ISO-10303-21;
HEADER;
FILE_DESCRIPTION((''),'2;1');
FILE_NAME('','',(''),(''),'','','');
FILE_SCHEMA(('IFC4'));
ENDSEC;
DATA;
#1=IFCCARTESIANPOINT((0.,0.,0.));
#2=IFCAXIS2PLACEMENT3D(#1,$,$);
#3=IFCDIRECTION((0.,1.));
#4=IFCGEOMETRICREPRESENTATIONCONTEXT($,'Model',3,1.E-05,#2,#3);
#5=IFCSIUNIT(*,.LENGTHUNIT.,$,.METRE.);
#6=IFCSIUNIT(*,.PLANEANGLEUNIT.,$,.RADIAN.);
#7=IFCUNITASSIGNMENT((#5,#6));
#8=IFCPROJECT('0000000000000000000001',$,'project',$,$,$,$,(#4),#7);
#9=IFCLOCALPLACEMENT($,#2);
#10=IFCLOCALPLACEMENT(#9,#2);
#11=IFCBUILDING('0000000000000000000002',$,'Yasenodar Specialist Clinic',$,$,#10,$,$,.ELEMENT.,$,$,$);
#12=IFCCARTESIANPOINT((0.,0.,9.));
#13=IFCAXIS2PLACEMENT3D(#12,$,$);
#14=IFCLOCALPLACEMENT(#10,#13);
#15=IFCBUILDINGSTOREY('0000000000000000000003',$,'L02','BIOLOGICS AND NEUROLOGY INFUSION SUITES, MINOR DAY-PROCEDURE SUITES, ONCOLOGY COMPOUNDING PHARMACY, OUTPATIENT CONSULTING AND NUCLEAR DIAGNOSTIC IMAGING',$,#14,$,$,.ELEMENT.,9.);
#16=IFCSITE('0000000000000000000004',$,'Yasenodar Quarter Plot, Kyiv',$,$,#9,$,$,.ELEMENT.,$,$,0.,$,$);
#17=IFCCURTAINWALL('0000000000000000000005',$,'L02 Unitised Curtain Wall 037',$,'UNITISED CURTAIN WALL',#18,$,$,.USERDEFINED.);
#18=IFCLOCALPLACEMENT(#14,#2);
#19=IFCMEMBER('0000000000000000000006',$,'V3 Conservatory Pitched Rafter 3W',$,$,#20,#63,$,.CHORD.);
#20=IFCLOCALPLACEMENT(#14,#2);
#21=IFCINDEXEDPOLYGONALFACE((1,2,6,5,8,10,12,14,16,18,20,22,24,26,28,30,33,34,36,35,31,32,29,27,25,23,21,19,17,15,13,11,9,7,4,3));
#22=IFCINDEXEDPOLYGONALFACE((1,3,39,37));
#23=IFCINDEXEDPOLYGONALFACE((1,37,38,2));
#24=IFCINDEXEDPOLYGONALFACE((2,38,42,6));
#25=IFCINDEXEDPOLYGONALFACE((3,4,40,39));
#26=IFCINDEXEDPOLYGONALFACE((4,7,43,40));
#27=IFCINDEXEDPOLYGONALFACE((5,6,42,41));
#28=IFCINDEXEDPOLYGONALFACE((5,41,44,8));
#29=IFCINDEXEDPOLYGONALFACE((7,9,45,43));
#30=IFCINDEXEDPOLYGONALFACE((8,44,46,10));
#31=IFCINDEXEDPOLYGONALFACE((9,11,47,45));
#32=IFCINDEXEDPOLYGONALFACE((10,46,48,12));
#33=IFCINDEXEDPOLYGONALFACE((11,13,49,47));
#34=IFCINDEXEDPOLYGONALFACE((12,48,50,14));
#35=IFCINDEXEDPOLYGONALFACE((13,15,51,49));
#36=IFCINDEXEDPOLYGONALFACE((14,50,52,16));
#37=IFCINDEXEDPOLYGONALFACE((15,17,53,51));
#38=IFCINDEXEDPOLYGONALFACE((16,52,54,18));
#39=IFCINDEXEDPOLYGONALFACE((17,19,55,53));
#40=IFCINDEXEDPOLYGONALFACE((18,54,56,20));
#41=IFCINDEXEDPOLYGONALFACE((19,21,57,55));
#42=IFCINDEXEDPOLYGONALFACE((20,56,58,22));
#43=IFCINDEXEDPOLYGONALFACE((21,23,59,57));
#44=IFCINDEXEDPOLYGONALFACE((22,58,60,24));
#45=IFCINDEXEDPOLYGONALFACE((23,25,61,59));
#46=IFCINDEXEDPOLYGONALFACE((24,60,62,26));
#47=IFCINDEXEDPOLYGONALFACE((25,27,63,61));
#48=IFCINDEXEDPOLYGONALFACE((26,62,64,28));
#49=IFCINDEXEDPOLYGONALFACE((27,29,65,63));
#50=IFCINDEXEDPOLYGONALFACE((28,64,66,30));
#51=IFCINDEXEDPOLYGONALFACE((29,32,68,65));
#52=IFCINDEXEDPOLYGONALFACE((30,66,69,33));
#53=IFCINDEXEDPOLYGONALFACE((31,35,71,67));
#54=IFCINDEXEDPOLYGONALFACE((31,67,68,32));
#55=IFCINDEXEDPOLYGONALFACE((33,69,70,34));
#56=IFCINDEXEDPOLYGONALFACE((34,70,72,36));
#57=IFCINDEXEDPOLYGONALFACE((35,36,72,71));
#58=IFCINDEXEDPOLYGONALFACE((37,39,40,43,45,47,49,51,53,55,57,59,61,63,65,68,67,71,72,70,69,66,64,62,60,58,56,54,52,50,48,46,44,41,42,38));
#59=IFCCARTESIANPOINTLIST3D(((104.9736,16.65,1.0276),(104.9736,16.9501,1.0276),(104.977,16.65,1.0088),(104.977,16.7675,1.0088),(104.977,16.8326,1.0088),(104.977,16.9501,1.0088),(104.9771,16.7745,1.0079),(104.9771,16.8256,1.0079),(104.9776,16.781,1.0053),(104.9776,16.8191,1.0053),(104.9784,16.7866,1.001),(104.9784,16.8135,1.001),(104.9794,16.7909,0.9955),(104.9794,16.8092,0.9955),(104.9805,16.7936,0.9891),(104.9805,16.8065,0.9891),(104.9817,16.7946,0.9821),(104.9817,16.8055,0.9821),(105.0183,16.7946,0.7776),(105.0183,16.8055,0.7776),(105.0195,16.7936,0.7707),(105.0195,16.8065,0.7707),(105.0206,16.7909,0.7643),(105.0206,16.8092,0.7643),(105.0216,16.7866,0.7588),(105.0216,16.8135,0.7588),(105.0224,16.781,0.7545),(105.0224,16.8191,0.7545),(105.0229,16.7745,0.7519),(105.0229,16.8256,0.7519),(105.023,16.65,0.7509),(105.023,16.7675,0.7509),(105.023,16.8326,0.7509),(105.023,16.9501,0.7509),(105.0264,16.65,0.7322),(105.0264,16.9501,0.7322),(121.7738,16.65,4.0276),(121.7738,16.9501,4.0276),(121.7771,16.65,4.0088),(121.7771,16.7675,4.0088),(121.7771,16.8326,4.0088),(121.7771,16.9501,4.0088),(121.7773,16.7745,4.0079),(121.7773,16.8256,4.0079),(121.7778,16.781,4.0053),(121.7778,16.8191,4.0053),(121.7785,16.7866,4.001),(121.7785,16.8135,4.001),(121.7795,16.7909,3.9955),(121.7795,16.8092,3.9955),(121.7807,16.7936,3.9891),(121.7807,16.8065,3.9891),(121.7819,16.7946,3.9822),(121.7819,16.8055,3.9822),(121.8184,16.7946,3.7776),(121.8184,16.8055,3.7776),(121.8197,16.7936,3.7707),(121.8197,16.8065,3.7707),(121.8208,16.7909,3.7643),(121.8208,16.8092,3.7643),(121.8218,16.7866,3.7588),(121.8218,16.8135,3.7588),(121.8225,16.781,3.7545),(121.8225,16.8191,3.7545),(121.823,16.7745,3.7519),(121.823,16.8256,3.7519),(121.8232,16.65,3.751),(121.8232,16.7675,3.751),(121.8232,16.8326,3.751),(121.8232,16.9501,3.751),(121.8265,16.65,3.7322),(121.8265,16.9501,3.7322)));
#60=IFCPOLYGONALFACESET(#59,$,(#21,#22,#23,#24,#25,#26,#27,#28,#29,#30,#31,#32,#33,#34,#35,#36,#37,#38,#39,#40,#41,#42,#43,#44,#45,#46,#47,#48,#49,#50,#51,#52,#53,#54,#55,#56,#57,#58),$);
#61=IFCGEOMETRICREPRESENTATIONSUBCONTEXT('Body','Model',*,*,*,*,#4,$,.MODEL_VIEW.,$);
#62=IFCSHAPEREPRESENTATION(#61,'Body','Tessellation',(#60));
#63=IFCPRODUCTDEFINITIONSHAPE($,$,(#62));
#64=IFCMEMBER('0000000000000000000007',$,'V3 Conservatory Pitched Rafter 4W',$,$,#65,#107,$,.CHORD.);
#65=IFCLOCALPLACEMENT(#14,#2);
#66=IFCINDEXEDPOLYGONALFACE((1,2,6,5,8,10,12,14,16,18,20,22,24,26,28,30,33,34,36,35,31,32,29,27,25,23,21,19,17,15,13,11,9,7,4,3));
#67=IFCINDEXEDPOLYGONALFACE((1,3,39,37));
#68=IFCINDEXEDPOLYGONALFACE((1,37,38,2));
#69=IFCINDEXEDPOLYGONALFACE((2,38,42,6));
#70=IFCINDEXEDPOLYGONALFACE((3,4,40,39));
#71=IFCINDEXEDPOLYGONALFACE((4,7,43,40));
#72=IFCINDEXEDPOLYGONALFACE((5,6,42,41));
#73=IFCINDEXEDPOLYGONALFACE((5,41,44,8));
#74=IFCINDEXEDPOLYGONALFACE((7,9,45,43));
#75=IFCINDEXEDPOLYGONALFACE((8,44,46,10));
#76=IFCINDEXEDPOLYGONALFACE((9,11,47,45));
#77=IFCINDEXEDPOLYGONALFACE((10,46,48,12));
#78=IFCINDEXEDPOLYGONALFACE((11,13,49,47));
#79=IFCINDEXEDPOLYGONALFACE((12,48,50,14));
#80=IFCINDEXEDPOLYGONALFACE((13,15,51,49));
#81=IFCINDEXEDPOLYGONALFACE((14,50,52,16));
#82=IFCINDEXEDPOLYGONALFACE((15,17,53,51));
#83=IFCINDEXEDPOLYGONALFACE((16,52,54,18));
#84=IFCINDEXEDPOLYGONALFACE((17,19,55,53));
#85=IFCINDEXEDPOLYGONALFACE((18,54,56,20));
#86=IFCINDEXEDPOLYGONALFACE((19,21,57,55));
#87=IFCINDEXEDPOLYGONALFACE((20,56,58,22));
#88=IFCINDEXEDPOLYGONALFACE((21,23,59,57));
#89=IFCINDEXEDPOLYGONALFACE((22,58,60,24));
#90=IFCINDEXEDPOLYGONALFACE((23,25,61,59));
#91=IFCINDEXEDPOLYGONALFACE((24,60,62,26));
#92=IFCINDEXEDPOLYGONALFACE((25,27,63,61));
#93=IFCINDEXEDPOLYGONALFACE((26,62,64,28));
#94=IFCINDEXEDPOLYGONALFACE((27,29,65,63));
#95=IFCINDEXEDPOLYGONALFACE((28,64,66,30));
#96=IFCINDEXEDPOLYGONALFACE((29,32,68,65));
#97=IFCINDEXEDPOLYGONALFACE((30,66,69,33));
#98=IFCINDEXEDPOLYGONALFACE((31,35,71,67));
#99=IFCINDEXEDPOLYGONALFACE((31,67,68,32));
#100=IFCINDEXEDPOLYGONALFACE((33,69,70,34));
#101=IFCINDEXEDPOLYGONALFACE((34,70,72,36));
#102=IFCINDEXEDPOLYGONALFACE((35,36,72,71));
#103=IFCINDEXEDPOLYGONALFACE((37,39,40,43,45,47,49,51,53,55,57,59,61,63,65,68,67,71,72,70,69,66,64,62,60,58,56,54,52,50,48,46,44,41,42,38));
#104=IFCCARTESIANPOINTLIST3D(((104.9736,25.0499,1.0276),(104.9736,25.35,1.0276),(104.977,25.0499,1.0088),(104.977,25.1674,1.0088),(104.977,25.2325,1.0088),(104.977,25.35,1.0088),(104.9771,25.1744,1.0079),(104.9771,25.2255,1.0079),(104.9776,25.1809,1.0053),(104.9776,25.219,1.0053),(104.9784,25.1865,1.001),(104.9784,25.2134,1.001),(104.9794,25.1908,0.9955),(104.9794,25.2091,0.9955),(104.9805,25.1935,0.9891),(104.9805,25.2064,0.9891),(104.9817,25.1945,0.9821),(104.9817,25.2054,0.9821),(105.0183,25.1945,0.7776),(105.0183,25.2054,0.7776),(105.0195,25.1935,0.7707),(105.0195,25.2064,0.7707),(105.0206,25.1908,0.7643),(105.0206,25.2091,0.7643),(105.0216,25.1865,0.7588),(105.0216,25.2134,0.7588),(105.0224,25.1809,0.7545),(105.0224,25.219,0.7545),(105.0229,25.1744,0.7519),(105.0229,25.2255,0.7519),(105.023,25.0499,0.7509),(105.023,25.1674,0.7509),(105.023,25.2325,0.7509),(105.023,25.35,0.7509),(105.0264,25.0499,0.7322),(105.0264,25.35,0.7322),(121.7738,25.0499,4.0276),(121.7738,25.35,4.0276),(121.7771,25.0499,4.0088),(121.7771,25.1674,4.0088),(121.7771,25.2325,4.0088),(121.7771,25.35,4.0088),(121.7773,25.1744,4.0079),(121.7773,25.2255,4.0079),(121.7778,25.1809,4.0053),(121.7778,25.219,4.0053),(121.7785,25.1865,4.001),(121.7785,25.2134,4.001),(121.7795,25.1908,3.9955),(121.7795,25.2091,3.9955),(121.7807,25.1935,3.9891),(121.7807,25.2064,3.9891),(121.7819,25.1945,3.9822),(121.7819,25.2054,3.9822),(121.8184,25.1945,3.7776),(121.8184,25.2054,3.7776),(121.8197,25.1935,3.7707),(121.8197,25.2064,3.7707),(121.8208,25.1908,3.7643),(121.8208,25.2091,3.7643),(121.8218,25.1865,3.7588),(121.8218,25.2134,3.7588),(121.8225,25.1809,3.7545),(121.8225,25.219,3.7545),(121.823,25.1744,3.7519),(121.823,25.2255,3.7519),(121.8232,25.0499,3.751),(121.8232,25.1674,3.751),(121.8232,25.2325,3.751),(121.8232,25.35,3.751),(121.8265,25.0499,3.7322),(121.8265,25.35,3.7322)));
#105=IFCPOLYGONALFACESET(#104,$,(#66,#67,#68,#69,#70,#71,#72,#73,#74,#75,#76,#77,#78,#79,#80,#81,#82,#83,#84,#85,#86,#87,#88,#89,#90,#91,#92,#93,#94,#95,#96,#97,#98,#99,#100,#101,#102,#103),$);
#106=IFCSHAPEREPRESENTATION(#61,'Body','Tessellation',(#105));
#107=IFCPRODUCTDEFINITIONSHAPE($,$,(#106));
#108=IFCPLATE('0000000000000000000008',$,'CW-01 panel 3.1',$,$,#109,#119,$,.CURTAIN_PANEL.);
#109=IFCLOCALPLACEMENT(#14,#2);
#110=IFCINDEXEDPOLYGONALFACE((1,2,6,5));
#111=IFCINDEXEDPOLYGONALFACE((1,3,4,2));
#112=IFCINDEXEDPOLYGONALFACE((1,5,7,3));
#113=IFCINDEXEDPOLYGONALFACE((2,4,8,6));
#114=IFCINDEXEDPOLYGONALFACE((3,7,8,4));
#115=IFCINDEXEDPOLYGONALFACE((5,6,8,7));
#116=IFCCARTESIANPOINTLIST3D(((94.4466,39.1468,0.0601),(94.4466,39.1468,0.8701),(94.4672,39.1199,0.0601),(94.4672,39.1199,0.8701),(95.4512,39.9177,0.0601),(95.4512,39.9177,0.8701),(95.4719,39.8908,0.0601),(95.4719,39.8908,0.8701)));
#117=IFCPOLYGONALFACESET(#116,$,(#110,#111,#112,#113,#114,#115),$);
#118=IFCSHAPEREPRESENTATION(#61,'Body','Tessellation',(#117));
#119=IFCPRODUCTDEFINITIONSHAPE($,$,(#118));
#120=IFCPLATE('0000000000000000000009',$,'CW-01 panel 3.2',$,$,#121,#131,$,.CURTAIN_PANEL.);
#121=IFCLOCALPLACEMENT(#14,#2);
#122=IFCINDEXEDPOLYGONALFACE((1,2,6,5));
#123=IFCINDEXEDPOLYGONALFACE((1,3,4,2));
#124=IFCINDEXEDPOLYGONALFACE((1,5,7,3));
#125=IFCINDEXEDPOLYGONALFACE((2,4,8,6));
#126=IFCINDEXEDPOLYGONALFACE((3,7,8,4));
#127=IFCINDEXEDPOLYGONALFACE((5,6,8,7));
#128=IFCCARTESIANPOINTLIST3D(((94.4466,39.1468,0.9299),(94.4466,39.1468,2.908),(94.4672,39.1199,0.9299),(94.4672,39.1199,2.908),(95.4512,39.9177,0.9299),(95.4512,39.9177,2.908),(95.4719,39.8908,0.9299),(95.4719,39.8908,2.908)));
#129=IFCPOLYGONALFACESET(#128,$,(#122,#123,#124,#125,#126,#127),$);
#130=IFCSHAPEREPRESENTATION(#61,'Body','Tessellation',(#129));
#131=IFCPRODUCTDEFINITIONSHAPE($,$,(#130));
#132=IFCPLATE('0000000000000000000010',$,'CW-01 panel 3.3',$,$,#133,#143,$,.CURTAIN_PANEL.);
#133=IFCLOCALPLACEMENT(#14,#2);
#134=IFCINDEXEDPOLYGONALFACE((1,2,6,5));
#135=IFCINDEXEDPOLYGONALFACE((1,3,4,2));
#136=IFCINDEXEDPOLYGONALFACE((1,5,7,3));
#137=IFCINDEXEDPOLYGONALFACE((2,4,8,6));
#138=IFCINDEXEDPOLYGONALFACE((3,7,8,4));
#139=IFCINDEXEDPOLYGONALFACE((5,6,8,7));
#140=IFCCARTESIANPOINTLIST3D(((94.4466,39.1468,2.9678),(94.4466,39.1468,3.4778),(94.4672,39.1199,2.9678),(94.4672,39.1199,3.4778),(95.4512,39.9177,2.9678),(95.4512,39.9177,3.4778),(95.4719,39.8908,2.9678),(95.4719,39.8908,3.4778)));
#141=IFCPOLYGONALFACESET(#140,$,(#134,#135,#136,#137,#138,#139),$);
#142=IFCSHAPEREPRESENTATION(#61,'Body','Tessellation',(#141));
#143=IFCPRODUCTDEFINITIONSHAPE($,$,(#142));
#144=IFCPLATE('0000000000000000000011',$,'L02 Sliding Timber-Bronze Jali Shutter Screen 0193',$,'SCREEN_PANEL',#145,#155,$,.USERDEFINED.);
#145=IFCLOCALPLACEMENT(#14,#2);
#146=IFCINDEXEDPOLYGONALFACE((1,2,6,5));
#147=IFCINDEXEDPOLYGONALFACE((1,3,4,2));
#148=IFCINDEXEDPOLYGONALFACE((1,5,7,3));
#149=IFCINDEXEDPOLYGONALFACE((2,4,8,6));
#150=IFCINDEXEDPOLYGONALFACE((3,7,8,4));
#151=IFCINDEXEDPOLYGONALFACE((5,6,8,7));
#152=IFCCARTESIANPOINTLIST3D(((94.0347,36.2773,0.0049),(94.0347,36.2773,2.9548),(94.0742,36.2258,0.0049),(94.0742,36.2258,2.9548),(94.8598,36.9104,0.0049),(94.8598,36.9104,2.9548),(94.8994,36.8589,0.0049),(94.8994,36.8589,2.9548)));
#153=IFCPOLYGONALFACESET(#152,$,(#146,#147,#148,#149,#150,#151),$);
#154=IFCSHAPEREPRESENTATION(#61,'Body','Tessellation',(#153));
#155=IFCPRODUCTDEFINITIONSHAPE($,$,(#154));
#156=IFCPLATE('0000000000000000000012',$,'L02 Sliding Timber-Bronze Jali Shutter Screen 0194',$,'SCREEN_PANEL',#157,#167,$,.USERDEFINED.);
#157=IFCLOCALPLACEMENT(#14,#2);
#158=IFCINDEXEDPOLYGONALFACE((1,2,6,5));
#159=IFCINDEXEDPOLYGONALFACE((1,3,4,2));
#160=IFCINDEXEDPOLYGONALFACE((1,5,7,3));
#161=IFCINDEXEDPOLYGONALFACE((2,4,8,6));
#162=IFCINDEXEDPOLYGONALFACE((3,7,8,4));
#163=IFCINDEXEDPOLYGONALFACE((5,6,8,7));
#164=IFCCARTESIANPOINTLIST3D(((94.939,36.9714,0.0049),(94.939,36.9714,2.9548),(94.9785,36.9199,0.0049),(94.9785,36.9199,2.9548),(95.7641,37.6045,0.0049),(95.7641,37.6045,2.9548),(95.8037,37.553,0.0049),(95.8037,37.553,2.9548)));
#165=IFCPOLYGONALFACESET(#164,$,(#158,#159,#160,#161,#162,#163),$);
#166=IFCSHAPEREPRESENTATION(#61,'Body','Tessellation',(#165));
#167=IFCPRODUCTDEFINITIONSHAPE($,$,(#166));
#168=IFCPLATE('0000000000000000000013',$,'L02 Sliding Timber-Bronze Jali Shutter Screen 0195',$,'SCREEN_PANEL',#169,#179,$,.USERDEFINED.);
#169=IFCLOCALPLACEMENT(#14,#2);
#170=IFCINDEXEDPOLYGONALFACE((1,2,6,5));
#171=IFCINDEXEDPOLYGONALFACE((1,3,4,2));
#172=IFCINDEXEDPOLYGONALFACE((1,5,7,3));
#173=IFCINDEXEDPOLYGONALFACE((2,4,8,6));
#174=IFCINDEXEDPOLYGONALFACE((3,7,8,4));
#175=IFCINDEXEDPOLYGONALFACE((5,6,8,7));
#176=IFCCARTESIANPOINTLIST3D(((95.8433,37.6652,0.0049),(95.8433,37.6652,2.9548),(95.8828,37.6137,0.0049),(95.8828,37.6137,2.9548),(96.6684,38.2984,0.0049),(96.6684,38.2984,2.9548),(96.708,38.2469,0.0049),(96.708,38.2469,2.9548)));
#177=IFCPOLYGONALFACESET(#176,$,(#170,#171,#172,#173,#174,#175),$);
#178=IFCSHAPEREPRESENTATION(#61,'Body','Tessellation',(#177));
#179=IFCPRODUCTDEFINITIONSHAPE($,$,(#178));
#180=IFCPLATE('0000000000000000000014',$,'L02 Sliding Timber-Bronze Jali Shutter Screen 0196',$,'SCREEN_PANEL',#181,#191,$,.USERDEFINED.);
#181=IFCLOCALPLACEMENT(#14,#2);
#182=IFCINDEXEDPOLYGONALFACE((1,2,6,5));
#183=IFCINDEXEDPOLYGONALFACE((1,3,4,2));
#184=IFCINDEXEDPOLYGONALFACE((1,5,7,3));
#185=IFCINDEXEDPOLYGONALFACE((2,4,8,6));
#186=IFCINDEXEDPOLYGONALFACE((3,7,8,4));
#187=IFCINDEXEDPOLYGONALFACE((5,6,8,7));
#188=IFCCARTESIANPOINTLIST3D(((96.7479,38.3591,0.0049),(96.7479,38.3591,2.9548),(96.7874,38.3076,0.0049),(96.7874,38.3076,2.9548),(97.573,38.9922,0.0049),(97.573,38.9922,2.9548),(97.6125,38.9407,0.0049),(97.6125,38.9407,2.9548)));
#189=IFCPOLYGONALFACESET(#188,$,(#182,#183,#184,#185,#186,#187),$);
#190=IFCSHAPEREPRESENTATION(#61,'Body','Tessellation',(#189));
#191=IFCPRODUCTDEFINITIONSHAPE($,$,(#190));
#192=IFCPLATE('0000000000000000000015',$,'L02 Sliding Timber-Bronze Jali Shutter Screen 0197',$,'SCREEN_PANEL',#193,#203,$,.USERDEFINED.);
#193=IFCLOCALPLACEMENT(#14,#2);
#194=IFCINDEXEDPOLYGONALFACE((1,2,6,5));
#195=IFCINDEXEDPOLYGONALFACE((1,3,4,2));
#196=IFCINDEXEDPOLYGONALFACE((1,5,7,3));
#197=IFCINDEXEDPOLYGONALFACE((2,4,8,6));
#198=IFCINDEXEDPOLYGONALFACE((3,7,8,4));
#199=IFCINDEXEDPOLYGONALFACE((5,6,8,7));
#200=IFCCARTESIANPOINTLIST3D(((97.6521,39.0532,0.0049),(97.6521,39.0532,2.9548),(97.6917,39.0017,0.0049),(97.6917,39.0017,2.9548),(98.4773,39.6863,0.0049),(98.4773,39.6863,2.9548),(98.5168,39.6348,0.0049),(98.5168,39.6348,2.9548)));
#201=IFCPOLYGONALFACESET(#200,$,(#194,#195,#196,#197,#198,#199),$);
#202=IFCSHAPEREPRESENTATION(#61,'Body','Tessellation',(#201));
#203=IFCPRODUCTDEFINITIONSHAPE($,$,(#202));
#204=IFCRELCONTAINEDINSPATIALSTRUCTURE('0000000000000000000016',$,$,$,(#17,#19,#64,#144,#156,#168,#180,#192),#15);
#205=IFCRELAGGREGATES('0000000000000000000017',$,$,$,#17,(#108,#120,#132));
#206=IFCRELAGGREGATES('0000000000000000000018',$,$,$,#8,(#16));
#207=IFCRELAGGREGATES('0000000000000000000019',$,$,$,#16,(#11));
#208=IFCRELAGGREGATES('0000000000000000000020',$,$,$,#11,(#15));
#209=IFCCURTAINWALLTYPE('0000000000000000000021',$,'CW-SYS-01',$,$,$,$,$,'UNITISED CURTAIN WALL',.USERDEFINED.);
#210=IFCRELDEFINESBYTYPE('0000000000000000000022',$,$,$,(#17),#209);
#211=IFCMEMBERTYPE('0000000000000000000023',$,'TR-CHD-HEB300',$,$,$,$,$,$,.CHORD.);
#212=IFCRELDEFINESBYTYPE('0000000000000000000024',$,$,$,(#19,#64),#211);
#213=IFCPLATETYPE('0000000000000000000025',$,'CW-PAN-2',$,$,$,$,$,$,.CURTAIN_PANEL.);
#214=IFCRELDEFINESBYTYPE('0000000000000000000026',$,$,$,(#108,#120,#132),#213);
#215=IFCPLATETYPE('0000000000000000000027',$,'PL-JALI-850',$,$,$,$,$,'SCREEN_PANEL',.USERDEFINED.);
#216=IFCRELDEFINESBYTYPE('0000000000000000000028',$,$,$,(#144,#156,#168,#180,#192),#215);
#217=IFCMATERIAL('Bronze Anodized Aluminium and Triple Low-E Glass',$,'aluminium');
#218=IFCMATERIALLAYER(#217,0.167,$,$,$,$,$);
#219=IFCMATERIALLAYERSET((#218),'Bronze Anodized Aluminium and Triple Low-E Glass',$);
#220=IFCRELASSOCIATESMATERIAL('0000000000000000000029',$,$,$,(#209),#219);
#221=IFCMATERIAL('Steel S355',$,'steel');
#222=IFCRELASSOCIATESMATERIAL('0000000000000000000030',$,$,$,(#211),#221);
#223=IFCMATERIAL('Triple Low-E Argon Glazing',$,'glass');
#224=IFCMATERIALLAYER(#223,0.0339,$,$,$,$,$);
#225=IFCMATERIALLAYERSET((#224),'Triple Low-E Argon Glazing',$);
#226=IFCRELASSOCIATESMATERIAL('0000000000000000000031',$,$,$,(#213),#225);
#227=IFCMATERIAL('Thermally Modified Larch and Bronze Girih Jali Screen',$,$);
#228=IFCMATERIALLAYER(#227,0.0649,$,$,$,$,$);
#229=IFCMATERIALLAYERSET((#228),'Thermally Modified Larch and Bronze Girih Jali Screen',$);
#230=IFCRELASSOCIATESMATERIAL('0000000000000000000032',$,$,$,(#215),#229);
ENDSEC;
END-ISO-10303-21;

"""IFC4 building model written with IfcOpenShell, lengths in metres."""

from ifc_helpers import new_model, si_unit, direction, frame, origin, origin_2d, place, context, subcontext, project, spatial, rectangle, i_section, extrude, material, layer, layer_set, material_profile, profile_set, type_object, element, aggregate, save


model = new_model("IFC4")

# Units and contexts
model_context = context("Model", 3, precision=1e-05, world=origin(), true_north=direction((0.0, 1.0)))
body_context = subcontext(model_context, "Body", "Model", "MODEL_VIEW")
ifc_project = project(units=[si_unit("LENGTHUNIT", "METRE"), si_unit("PLANEANGLEUNIT", "RADIAN")], contexts=[model_context])

# Site, building, storey
site_placement = place(None, origin())
site = spatial("IfcSite", under=ifc_project, at=site_placement, Name="Yasenodar Quarter Plot, Kyiv", CompositionType="ELEMENT", RefElevation=0.0)
building_placement = place(site_placement, origin())
building = spatial("IfcBuilding", under=site, at=building_placement, Name="Yasenodar Specialist Clinic", CompositionType="ELEMENT")
storey_placement = place(building_placement, frame((0.0, 0.0, 9.0)))
storey = spatial("IfcBuildingStorey", under=building, at=storey_placement, Name="L02", Description="BIOLOGICS AND NEUROLOGY INFUSION SUITES, MINOR DAY-PROCEDURE SUITES, ONCOLOGY COMPOUNDING PHARMACY, OUTPATIENT CONSULTING AND NUCLEAR DIAGNOSTIC IMAGING", CompositionType="ELEMENT", Elevation=9.0)

# Shared definitions
ifc_material_1 = material(Name="Steel S355", Category="steel")

# Curtain wall
ifc_material_2 = material(Name="Bronze Anodized Aluminium and Triple Low-E Glass", Category="aluminium")
ifc_layer_1 = layer(ifc_material_2, 0.167)
ifc_layer_set_1 = layer_set([ifc_layer_1], Name="Bronze Anodized Aluminium and Triple Low-E Glass")
curtain_wall_type = type_object("IfcCurtainWallType", Name="CW-SYS-01", ElementType="UNITISED CURTAIN WALL", PredefinedType="USERDEFINED", material=ifc_layer_set_1)
curtain_wall_placement = place(storey_placement, origin())
curtain_wall = element("IfcCurtainWall", 1, at=curtain_wall_placement, inside=storey, type_object=curtain_wall_type, Name="L02 Unitised Curtain Wall 037", ObjectType="UNITISED CURTAIN WALL", PredefinedType="USERDEFINED")

# Members
ifc_material_profile_1 = material_profile(ifc_material_1, i_section(OverallWidth=0.3, OverallDepth=0.3, WebThickness=0.011, FlangeThickness=0.019, FilletRadius=0.0271, at=origin_2d()), Name="HEB 300")
ifc_profile_set_1 = profile_set([ifc_material_profile_1], Name="Steel S355")
member_type_1 = type_object("IfcMemberType", Name="TR-CHD-HEB300", PredefinedType="CHORD", material=ifc_profile_set_1)
for number, where, z_axis, x_axis, name in (
    (2, (105.0, 16.8, 0.8799), (0.984428, 0.0, 0.17579), (0.0, 1.0, 0.0), "V3 Conservatory Pitched Rafter 3W"),
    (3, (105.0, 25.2, 0.8799), (0.984428, 0.0, 0.17579), (0.0, 1.0, 0.0), "V3 Conservatory Pitched Rafter 4W"),
):
    element("IfcMember", number, at=place(storey_placement, frame(where, z_axis=z_axis, x_axis=x_axis)), inside=storey, type_object=member_type_1, Name=name, PredefinedType="CHORD", context=body_context, shape_type="SweptSolid", body=[
        extrude(i_section(OverallWidth=0.3, OverallDepth=0.3, WebThickness=0.011, FlangeThickness=0.019, FilletRadius=0.0271, at=origin_2d()), origin(), (0.0, 0.0, 1.0), 17.0659),
    ])

# Plates
ifc_material_3 = material(Name="Triple Low-E Argon Glazing", Category="glass")
ifc_layer_2 = layer(ifc_material_3, 0.0339)
ifc_layer_set_2 = layer_set([ifc_layer_2], Name="Triple Low-E Argon Glazing")
plate_type_1 = type_object("IfcPlateType", Name="CW-PAN-2", PredefinedType="CURTAIN_PANEL", material=ifc_layer_set_2)
plate_1_placement = place(storey_placement, frame((94.9592, 39.5188, 0.0601), z_axis=(0.0, 0.0, 1.0), x_axis=(-0.793361, -0.608752, 0.0)))
plate_1 = element("IfcPlate", 4, at=plate_1_placement, type_object=plate_type_1, Name="CW-01 panel 3.1", PredefinedType="CURTAIN_PANEL", context=body_context, shape_type="SweptSolid", body=[
    extrude(rectangle(XDim=1.2664, YDim=0.0339, at=origin_2d()), origin(), (0.0, 0.0, 1.0), 0.8101),
])
plate_2_placement = place(storey_placement, frame((94.9592, 39.5188, 0.9299), z_axis=(0.0, 0.0, 1.0), x_axis=(-0.793361, -0.608752, 0.0)))
plate_2 = element("IfcPlate", 5, at=plate_2_placement, type_object=plate_type_1, Name="CW-01 panel 3.2", PredefinedType="CURTAIN_PANEL", context=body_context, shape_type="SweptSolid", body=[
    extrude(rectangle(XDim=1.2664, YDim=0.0339, at=origin_2d()), origin(), (0.0, 0.0, 1.0), 1.978),
])
plate_3_placement = place(storey_placement, frame((94.9592, 39.5188, 2.9678), z_axis=(0.0, 0.0, 1.0), x_axis=(-0.793361, -0.608752, 0.0)))
plate_3 = element("IfcPlate", 6, at=plate_3_placement, type_object=plate_type_1, Name="CW-01 panel 3.3", PredefinedType="CURTAIN_PANEL", context=body_context, shape_type="SweptSolid", body=[
    extrude(rectangle(XDim=1.2664, YDim=0.0339, at=origin_2d()), origin(), (0.0, 0.0, 1.0), 0.51),
])
aggregate(curtain_wall, [plate_1, plate_2, plate_3])

# Plates
ifc_material_4 = material(Name="Thermally Modified Larch and Bronze Girih Jali Screen")
ifc_layer_3 = layer(ifc_material_4, 0.0649)
ifc_layer_set_3 = layer_set([ifc_layer_3], Name="Thermally Modified Larch and Bronze Girih Jali Screen")
plate_type_2 = type_object("IfcPlateType", Name="PL-JALI-850", ElementType="SCREEN_PANEL", PredefinedType="USERDEFINED", material=ifc_layer_set_3)
for number, where, z_axis, x_axis, name in (
    (7, (94.467, 36.5681, 0.0049), (0.0, 0.0, 1.0), (0.793351, 0.608764, 0.0), "L02 Sliding Timber-Bronze Jali Shutter Screen 0193"),
    (8, (95.3713, 37.2622, 0.0049), (0.0, 0.0, 1.0), (0.793351, 0.608764, 0.0), "L02 Sliding Timber-Bronze Jali Shutter Screen 0194"),
    (9, (96.2756, 37.9561, 0.0049), (0.0, 0.0, 1.0), (0.793351, 0.608764, 0.0), "L02 Sliding Timber-Bronze Jali Shutter Screen 0195"),
    (10, (97.1802, 38.6499, 0.0049), (0.0, 0.0, 1.0), (0.793351, 0.608764, 0.0), "L02 Sliding Timber-Bronze Jali Shutter Screen 0196"),
    (11, (98.0845, 39.344, 0.0049), (0.0, 0.0, 1.0), (0.793351, 0.608764, 0.0), "L02 Sliding Timber-Bronze Jali Shutter Screen 0197"),
):
    element("IfcPlate", number, at=place(storey_placement, frame(where, z_axis=z_axis, x_axis=x_axis)), inside=storey, type_object=plate_type_2, Name=name, ObjectType="SCREEN_PANEL", PredefinedType="USERDEFINED", context=body_context, shape_type="SweptSolid", body=[
        extrude(rectangle(XDim=1.04, YDim=0.0649, at=origin_2d()), origin(), (0.0, 0.0, 1.0), 2.95),
    ])

save(model, "model.ifc")
